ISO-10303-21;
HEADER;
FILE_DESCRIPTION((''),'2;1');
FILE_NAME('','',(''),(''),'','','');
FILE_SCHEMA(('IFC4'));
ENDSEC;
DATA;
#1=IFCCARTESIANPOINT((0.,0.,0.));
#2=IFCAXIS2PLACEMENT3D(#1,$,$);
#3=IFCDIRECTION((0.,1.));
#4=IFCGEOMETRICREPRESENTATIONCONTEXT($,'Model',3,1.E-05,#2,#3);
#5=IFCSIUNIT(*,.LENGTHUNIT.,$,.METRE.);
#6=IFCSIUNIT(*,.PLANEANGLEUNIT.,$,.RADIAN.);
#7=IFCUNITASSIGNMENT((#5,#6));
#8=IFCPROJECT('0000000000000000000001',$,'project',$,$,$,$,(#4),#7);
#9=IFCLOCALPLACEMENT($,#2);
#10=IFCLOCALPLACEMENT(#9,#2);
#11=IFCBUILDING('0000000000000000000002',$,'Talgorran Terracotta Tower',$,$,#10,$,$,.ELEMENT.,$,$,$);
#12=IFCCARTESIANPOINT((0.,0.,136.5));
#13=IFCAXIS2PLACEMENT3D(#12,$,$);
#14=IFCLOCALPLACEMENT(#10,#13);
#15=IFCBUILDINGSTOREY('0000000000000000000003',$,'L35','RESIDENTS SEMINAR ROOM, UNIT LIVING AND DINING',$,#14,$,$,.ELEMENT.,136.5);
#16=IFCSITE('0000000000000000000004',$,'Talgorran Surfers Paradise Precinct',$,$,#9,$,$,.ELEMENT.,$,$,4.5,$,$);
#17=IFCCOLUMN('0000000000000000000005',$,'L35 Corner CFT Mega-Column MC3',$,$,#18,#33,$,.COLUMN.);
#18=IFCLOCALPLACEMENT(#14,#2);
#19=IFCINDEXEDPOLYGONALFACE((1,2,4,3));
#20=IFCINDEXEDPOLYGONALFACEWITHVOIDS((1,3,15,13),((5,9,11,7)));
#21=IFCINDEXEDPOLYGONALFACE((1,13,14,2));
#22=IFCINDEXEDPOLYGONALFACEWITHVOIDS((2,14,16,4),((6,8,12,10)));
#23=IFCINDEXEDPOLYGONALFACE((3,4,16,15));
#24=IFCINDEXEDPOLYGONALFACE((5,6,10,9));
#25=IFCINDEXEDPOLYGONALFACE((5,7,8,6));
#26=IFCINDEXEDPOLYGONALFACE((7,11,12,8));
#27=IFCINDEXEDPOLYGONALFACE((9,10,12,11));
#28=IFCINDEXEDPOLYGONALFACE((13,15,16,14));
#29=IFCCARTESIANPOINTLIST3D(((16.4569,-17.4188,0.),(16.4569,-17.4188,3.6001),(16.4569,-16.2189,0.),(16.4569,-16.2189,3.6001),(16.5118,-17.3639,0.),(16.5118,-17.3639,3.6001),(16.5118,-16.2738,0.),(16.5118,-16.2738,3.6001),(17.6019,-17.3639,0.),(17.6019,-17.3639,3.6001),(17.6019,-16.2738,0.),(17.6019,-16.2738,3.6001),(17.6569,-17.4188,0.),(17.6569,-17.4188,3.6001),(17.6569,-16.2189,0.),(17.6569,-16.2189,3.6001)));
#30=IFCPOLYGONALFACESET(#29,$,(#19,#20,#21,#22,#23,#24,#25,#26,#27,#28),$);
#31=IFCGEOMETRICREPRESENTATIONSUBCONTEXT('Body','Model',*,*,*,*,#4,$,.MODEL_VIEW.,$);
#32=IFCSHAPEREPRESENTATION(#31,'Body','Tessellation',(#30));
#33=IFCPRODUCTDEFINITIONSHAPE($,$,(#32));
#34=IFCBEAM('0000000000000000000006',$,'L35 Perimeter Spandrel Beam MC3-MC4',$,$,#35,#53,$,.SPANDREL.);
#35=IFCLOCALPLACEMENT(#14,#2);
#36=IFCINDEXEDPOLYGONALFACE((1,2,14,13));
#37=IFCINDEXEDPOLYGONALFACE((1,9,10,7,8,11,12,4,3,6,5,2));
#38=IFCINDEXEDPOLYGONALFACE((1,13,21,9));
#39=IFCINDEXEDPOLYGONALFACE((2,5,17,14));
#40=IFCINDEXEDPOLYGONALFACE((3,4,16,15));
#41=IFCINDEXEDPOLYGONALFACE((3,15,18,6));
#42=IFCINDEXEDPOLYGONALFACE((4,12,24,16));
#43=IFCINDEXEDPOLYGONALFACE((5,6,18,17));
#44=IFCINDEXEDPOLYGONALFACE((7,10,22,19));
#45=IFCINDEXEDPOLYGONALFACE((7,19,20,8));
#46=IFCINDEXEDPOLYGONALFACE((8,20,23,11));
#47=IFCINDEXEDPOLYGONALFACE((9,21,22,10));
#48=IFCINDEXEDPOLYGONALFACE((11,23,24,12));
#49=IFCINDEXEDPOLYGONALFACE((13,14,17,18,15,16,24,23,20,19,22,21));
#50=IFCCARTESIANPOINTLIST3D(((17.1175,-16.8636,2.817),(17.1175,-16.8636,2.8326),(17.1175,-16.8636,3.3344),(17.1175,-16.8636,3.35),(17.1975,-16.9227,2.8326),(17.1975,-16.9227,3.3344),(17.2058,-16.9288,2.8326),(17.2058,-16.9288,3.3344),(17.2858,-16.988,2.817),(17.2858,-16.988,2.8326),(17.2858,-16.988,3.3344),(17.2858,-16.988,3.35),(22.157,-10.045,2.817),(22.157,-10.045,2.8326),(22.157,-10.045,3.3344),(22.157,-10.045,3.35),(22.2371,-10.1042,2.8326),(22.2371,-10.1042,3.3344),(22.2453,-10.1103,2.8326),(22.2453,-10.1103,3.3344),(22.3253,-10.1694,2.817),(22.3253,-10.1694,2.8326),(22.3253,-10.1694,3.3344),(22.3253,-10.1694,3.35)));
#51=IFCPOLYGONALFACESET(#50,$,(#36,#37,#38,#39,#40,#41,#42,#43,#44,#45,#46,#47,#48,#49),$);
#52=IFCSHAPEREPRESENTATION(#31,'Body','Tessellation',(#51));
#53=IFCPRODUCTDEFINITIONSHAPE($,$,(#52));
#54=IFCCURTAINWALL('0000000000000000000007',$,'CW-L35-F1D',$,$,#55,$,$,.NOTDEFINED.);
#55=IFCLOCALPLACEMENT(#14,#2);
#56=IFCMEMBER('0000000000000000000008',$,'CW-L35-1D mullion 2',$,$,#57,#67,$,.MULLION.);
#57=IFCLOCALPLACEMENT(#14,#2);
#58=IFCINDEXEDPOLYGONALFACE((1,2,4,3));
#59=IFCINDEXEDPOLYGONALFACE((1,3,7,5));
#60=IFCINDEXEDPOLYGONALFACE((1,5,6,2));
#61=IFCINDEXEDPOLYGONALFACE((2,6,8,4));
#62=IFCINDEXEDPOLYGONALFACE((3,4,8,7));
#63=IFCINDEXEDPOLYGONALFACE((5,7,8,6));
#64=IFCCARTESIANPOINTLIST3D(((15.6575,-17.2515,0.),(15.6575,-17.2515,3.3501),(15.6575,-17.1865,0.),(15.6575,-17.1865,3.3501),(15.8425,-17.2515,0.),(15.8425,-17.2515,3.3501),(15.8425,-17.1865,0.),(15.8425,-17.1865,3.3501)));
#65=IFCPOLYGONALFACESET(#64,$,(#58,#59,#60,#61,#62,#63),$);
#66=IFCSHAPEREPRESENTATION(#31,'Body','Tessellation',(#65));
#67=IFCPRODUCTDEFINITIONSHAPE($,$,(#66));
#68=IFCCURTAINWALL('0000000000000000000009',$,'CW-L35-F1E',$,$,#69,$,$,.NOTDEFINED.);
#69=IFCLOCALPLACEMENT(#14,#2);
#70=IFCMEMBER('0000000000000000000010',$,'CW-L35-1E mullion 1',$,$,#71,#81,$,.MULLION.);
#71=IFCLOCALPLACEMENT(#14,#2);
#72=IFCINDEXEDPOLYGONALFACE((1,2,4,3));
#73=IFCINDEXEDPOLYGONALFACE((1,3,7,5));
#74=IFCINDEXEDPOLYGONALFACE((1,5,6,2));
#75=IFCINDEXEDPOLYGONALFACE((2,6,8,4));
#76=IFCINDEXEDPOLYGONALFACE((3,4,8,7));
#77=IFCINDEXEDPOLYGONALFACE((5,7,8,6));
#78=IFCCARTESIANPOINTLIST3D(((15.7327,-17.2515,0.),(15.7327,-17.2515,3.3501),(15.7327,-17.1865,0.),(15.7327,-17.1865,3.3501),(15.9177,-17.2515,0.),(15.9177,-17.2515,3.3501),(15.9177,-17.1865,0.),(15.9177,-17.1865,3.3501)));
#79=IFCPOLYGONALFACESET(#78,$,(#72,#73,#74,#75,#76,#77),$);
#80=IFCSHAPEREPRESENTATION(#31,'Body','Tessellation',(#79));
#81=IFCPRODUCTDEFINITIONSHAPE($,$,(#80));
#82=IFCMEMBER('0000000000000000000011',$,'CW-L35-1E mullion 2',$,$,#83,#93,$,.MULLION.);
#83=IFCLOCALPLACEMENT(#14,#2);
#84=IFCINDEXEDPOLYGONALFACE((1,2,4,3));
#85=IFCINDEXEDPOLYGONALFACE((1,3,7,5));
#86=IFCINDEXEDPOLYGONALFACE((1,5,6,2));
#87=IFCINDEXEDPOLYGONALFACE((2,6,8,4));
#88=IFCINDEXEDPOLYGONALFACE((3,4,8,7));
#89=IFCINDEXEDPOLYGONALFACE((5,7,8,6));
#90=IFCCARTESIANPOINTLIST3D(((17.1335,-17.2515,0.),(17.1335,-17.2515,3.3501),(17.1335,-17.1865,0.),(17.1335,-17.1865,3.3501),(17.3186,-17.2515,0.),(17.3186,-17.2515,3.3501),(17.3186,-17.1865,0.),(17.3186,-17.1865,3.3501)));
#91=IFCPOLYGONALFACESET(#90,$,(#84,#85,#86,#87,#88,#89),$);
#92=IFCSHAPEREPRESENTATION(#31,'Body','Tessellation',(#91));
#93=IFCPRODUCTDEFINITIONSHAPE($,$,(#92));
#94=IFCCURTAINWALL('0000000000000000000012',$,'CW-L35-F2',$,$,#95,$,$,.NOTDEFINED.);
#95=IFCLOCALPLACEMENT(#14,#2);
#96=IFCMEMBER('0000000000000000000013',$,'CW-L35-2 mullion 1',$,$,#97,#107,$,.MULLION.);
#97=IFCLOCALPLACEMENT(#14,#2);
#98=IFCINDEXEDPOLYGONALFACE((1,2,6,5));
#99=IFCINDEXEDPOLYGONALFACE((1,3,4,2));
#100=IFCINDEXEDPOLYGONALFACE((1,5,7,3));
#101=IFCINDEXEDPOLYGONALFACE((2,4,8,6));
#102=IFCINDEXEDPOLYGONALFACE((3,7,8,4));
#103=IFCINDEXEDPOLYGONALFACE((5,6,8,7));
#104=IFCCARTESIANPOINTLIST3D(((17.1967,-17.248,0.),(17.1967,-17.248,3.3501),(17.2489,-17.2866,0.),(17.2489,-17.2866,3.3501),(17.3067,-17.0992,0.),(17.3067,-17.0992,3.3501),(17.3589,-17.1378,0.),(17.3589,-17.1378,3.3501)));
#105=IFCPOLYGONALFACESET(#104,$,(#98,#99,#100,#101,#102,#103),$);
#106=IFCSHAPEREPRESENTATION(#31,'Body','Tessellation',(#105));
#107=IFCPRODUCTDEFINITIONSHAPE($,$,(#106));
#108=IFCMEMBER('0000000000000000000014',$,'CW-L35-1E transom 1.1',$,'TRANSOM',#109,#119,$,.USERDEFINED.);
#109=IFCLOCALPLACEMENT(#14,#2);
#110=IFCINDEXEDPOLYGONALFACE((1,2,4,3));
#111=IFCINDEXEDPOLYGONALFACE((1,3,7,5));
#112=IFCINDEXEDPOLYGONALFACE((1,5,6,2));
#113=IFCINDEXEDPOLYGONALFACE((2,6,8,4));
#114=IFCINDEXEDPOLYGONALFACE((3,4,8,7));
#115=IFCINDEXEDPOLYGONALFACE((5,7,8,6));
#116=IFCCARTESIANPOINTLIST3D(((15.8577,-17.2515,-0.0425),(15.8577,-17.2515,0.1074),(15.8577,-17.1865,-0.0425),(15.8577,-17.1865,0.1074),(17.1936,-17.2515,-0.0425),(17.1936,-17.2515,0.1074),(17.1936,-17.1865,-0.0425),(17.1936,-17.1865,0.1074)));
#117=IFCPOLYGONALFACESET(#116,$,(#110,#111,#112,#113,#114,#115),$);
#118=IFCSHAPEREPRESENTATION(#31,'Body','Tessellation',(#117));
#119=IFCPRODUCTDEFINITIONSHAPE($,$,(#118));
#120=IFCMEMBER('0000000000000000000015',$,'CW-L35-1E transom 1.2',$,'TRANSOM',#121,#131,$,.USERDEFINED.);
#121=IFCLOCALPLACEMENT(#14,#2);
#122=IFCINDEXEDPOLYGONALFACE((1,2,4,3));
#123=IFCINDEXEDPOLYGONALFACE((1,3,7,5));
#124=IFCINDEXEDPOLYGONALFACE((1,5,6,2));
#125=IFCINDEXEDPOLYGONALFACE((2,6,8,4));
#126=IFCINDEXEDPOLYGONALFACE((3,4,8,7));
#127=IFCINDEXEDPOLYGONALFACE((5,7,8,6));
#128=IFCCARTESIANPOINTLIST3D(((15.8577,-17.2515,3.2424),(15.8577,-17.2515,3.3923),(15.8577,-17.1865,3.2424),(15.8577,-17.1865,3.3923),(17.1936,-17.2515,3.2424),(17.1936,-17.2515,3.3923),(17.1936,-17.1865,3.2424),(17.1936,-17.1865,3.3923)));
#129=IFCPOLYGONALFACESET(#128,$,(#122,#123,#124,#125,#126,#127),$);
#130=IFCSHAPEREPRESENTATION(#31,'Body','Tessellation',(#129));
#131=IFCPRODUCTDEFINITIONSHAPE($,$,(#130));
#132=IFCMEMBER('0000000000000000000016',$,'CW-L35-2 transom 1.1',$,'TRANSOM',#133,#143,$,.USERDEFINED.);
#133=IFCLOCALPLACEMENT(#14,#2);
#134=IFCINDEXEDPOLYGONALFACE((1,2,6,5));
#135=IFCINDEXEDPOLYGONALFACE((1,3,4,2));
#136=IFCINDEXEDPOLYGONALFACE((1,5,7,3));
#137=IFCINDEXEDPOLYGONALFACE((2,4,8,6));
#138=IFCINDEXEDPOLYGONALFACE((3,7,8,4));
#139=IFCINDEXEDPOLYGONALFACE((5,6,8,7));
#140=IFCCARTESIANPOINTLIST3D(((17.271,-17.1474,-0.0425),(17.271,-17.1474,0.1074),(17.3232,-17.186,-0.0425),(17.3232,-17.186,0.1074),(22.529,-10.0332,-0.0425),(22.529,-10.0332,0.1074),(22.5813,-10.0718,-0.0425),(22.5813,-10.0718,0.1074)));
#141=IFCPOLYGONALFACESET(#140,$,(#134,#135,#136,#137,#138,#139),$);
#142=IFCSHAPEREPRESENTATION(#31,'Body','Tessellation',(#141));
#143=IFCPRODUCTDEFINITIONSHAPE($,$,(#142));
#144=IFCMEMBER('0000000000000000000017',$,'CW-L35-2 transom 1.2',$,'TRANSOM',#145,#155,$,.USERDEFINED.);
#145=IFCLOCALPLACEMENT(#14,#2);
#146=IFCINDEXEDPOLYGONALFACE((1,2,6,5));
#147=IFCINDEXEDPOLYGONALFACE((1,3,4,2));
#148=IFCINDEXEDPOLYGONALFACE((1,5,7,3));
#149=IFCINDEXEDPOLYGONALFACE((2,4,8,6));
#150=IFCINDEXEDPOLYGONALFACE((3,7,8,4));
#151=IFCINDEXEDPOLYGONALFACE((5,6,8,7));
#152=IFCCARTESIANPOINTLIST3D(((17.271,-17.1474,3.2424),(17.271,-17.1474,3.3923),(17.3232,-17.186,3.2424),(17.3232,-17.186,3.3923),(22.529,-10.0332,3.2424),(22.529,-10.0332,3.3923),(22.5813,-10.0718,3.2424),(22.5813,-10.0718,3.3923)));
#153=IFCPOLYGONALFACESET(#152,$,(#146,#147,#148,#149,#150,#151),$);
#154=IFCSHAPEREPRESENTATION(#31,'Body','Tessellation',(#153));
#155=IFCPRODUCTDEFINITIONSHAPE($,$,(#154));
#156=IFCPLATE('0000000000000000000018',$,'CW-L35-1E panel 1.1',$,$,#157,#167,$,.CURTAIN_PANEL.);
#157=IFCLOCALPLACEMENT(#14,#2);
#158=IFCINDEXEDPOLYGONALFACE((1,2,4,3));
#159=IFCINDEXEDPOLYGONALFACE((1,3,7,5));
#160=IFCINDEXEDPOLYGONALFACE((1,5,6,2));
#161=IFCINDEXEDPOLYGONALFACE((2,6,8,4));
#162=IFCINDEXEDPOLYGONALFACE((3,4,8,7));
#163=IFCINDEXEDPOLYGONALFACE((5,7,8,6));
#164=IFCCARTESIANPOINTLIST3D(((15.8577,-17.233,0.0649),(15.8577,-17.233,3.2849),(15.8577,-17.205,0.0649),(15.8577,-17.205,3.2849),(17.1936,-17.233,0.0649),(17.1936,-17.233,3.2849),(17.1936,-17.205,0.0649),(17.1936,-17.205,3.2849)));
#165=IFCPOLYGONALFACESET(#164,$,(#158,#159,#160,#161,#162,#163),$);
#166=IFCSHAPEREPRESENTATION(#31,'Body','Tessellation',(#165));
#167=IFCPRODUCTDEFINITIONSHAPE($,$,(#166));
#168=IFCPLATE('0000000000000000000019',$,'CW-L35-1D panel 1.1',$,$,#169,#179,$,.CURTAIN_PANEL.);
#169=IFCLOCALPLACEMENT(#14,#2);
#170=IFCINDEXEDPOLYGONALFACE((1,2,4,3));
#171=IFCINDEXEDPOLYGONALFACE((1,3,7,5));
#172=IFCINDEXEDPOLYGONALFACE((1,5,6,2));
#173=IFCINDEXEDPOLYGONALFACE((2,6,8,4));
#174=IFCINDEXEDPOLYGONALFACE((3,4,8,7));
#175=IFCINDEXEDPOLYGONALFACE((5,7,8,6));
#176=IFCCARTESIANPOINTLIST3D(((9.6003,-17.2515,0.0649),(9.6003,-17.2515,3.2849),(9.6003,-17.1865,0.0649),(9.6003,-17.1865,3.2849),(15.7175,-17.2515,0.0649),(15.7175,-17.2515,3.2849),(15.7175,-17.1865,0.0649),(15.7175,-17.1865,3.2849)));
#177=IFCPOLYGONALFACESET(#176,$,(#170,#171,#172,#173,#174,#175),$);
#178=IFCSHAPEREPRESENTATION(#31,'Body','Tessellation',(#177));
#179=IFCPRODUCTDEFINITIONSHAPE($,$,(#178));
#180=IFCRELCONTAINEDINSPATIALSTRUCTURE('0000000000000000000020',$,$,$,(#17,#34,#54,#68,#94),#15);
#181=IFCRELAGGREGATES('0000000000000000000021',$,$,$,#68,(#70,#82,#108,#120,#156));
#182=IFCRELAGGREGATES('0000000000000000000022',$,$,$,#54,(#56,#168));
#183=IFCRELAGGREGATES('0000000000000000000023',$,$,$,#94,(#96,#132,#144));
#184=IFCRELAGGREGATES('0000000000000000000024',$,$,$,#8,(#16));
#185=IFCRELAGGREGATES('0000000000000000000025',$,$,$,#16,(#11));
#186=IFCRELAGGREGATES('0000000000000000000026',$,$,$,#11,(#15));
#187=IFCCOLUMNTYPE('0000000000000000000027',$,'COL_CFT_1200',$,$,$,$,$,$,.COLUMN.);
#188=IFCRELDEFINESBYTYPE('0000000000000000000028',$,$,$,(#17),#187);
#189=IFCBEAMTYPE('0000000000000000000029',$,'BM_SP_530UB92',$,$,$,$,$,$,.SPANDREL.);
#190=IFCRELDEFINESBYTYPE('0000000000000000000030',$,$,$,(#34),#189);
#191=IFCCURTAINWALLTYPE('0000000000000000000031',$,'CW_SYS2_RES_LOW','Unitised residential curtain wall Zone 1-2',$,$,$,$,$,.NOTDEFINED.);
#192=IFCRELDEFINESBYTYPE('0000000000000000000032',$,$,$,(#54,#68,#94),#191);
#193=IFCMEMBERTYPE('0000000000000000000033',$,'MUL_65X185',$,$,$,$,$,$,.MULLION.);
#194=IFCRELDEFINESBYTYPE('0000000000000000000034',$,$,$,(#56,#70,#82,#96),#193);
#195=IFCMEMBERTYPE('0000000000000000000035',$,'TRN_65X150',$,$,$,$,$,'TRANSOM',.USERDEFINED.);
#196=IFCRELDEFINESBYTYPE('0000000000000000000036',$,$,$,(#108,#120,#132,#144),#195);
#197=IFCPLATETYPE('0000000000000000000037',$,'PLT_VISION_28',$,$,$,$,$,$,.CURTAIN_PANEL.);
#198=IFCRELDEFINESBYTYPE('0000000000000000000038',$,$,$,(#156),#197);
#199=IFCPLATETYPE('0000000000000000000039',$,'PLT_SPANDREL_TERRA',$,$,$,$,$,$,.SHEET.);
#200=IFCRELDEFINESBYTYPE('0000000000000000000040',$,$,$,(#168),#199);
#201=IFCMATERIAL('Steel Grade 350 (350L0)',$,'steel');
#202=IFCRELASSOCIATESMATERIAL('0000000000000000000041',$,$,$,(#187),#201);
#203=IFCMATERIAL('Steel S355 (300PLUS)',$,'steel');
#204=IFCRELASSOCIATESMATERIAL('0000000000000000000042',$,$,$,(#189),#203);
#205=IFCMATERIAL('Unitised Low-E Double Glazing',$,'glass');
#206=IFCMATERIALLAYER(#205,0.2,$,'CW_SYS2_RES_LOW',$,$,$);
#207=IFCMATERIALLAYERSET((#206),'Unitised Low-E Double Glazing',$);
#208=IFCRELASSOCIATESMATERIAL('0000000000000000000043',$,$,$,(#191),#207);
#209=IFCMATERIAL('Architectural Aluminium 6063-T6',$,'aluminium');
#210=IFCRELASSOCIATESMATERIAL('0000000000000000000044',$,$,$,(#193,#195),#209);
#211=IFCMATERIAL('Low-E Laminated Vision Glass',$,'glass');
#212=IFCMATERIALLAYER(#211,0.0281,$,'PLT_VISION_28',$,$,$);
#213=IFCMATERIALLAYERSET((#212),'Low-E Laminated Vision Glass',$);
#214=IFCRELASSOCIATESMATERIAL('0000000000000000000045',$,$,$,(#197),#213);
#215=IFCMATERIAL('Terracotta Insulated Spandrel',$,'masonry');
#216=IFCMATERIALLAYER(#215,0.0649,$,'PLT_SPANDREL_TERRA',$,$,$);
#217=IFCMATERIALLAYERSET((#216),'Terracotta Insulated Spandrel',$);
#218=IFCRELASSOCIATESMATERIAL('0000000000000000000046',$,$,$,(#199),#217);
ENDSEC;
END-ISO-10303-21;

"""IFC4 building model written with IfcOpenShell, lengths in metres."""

from ifc_helpers import new_model, si_unit, direction, frame, origin, origin_2d, place, context, subcontext, project, spatial, rectangle, hollow_rectangle, i_section, extrude, source, transform, mapped, material, layer, layer_set, material_profile, profile_set, type_object, type_shapes, element, aggregate, save


model = new_model("IFC4")

# Units and contexts
model_context = context("Model", 3, precision=1e-05, world=origin(), true_north=direction((0.0, 1.0)))
body_context = subcontext(model_context, "Body", "Model", "MODEL_VIEW")
ifc_project = project(units=[si_unit("LENGTHUNIT", "METRE"), si_unit("PLANEANGLEUNIT", "RADIAN")], contexts=[model_context])

# Site, building, storey
site_placement = place(None, origin())
site = spatial("IfcSite", under=ifc_project, at=site_placement, Name="Talgorran Surfers Paradise Precinct", CompositionType="ELEMENT", RefElevation=4.5)
building_placement = place(site_placement, origin())
building = spatial("IfcBuilding", under=site, at=building_placement, Name="Talgorran Terracotta Tower", CompositionType="ELEMENT")
storey_placement = place(building_placement, frame((0.0, 0.0, 136.5)))
storey = spatial("IfcBuildingStorey", under=building, at=storey_placement, Name="L35", Description="RESIDENTS SEMINAR ROOM, UNIT LIVING AND DINING", CompositionType="ELEMENT", Elevation=136.5)

# Column
ifc_material_1 = material(Name="Steel Grade 350 (350L0)", Category="steel")
ifc_material_profile_1 = material_profile(ifc_material_1, hollow_rectangle(XDim=1.2, YDim=1.2, WallThickness=0.0549, at=origin_2d()), Name="CFT1200X1200X55")
ifc_profile_set_1 = profile_set([ifc_material_profile_1], Name="Steel Grade 350 (350L0)")
column_type = type_object("IfcColumnType", Name="COL_CFT_1200", PredefinedType="COLUMN", material=ifc_profile_set_1)
column_placement = place(storey_placement, frame((17.0569, -16.8188, 0.0), z_axis=(0.0, 0.0, 1.0), x_axis=(1.0, 0.0, 0.0)))
element("IfcColumn", 1, at=column_placement, inside=storey, type_object=column_type, Name="L35 Corner CFT Mega-Column MC3", PredefinedType="COLUMN", context=body_context, shape_type="SweptSolid", body=[
    extrude(hollow_rectangle(XDim=1.2, YDim=1.2, WallThickness=0.0549, at=origin_2d()), origin(), (0.0, 0.0, 1.0), 3.6001),
])

# Beam
ifc_material_2 = material(Name="Steel S355 (300PLUS)", Category="steel")
ifc_material_profile_2 = material_profile(ifc_material_2, i_section(OverallWidth=0.2092, OverallDepth=0.533, WebThickness=0.0103, FlangeThickness=0.0156, at=origin_2d()), Name="530UB92.4")
ifc_profile_set_2 = profile_set([ifc_material_profile_2], Name="Steel S355 (300PLUS)")
beam_type = type_object("IfcBeamType", Name="BM_SP_530UB92", PredefinedType="SPANDREL", material=ifc_profile_set_2)
beam_placement = place(storey_placement, frame((17.2017, -16.9258, 3.0835), z_axis=(0.594369, 0.804192, 0.0), x_axis=(-0.804192, 0.594369, 0.0)))
element("IfcBeam", 2, at=beam_placement, inside=storey, type_object=beam_type, Name="L35 Perimeter Spandrel Beam MC3-MC4", PredefinedType="SPANDREL", context=body_context, shape_type="SweptSolid", body=[
    extrude(i_section(OverallWidth=0.2092, OverallDepth=0.533, WebThickness=0.0103, FlangeThickness=0.0156, at=origin_2d()), origin(), (0.0, 0.0, 1.0), 8.4788),
])

# Curtain wall, member
ifc_material_3 = material(Name="Unitised Low-E Double Glazing", Category="glass")
ifc_layer_1 = layer(ifc_material_3, 0.2, Name="CW_SYS2_RES_LOW")
ifc_layer_set_1 = layer_set([ifc_layer_1], Name="Unitised Low-E Double Glazing")
curtain_wall_type = type_object("IfcCurtainWallType", Name="CW_SYS2_RES_LOW", Description="Unitised residential curtain wall Zone 1-2", PredefinedType="NOTDEFINED", material=ifc_layer_set_1)
curtain_wall_1_placement = place(storey_placement, origin())
curtain_wall_1 = element("IfcCurtainWall", 3, at=curtain_wall_1_placement, inside=storey, type_object=curtain_wall_type, Name="CW-L35-F1D", PredefinedType="NOTDEFINED")
ifc_material_4 = material(Name="Architectural Aluminium 6063-T6", Category="aluminium")
ifc_material_profile_3 = material_profile(ifc_material_4, rectangle(XDim=0.0649, YDim=0.1851, at=origin_2d()), Name="CWM65X185")
ifc_profile_set_3 = profile_set([ifc_material_profile_3], Name="Architectural Aluminium 6063-T6")
member_type_1 = type_object("IfcMemberType", Name="MUL_65X185", PredefinedType="MULLION", material=ifc_profile_set_3)
member_1_placement = place(storey_placement, frame((15.75, -17.219, 0.0), z_axis=(0.0, 0.0, 1.0), x_axis=(0.0, 1.0, 0.0)))
member_1 = element("IfcMember", 4, at=member_1_placement, type_object=member_type_1, Name="CW-L35-1D mullion 2", PredefinedType="MULLION", context=body_context, shape_type="SweptSolid", body=[
    extrude(rectangle(XDim=0.0649, YDim=0.1851, at=origin_2d()), origin(), (0.0, 0.0, 1.0), 3.3501),
])

# Curtain wall, members
curtain_wall_2_placement = place(storey_placement, origin())
curtain_wall_2 = element("IfcCurtainWall", 5, at=curtain_wall_2_placement, inside=storey, type_object=curtain_wall_type, Name="CW-L35-F1E", PredefinedType="NOTDEFINED")
member_2_placement = place(storey_placement, frame((15.8252, -17.219, 0.0), z_axis=(0.0, 0.0, 1.0), x_axis=(0.0, 1.0, 0.0)))
member_2 = element("IfcMember", 6, at=member_2_placement, type_object=member_type_1, Name="CW-L35-1E mullion 1", PredefinedType="MULLION", context=body_context, shape_type="SweptSolid", body=[
    extrude(rectangle(XDim=0.0649, YDim=0.1851, at=origin_2d()), origin(), (0.0, 0.0, 1.0), 3.3501),
])
member_3_placement = place(storey_placement, frame((17.2261, -17.219, 0.0), z_axis=(0.0, 0.0, 1.0), x_axis=(0.0, 1.0, 0.0)))
member_3 = element("IfcMember", 7, at=member_3_placement, type_object=member_type_1, Name="CW-L35-1E mullion 2", PredefinedType="MULLION", context=body_context, shape_type="SweptSolid", body=[
    extrude(rectangle(XDim=0.0649, YDim=0.1851, at=origin_2d()), origin(), (0.0, 0.0, 1.0), 3.3501),
])

# Curtain wall, member
curtain_wall_3_placement = place(storey_placement, origin())
curtain_wall_3 = element("IfcCurtainWall", 8, at=curtain_wall_3_placement, inside=storey, type_object=curtain_wall_type, Name="CW-L35-F2", PredefinedType="NOTDEFINED")
member_4_placement = place(storey_placement, frame((17.2778, -17.1929, 0.0), z_axis=(0.0, 0.0, 1.0), x_axis=(-0.804201, 0.594358, 0.0)))
member_4 = element("IfcMember", 9, at=member_4_placement, type_object=member_type_1, Name="CW-L35-2 mullion 1", PredefinedType="MULLION", context=body_context, shape_type="SweptSolid", body=[
    extrude(rectangle(XDim=0.0649, YDim=0.1851, at=origin_2d()), origin(), (0.0, 0.0, 1.0), 3.3501),
])

# Members
ifc_material_profile_4 = material_profile(ifc_material_4, rectangle(XDim=0.0649, YDim=0.1499, at=origin_2d()), Name="CWT65X150")
ifc_profile_set_4 = profile_set([ifc_material_profile_4], Name="Architectural Aluminium 6063-T6")
member_type_2 = type_object("IfcMemberType", Name="TRN_65X150", ElementType="TRANSOM", PredefinedType="USERDEFINED", material=ifc_profile_set_4)
member_5_placement = place(storey_placement, frame((15.8577, -17.219, 0.0325), z_axis=(1.0, 0.0, 0.0), x_axis=(0.0, 1.0, 0.0)))
member_5 = element("IfcMember", 10, at=member_5_placement, type_object=member_type_2, Name="CW-L35-1E transom 1.1", ObjectType="TRANSOM", PredefinedType="USERDEFINED", context=body_context, shape_type="SweptSolid", body=[
    extrude(rectangle(XDim=0.0649, YDim=0.1499, at=origin_2d()), origin(), (0.0, 0.0, 1.0), 1.3359),
])
member_6_placement = place(storey_placement, frame((15.8577, -17.219, 3.3174), z_axis=(1.0, 0.0, 0.0), x_axis=(0.0, 1.0, 0.0)))
member_6 = element("IfcMember", 11, at=member_6_placement, type_object=member_type_2, Name="CW-L35-1E transom 1.2", ObjectType="TRANSOM", PredefinedType="USERDEFINED", context=body_context, shape_type="SweptSolid", body=[
    extrude(rectangle(XDim=0.0649, YDim=0.1499, at=origin_2d()), origin(), (0.0, 0.0, 1.0), 1.3359),
])
member_7_placement = place(storey_placement, frame((17.2971, -17.1667, 0.0325), z_axis=(0.594369, 0.804193, 0.0), x_axis=(-0.804193, 0.594369, 0.0)))
member_7 = element("IfcMember", 12, at=member_7_placement, type_object=member_type_2, Name="CW-L35-2 transom 1.1", ObjectType="TRANSOM", PredefinedType="USERDEFINED", context=body_context, shape_type="SweptSolid", body=[
    extrude(rectangle(XDim=0.0649, YDim=0.1499, at=origin_2d()), origin(), (0.0, 0.0, 1.0), 8.8464),
])
member_8_placement = place(storey_placement, frame((17.2971, -17.1667, 3.3174), z_axis=(0.594369, 0.804193, 0.0), x_axis=(-0.804193, 0.594369, 0.0)))
member_8 = element("IfcMember", 13, at=member_8_placement, type_object=member_type_2, Name="CW-L35-2 transom 1.2", ObjectType="TRANSOM", PredefinedType="USERDEFINED", context=body_context, shape_type="SweptSolid", body=[
    extrude(rectangle(XDim=0.0649, YDim=0.1499, at=origin_2d()), origin(), (0.0, 0.0, 1.0), 8.8464),
])

# Plates
ifc_material_5 = material(Name="Low-E Laminated Vision Glass", Category="glass")
ifc_layer_2 = layer(ifc_material_5, 0.0281, Name="PLT_VISION_28")
ifc_layer_set_2 = layer_set([ifc_layer_2], Name="Low-E Laminated Vision Glass")
plate_type_1 = type_object("IfcPlateType", Name="PLT_VISION_28", PredefinedType="CURTAIN_PANEL", material=ifc_layer_set_2)
shared_shape_1 = source(origin(), body_context, "Body", "SweptSolid", [
    extrude(rectangle(XDim=1.3359, YDim=0.0281, at=origin_2d()), origin(), (0.0, 0.0, 1.0), 3.22),
])
plate_1_placement = place(storey_placement, frame((16.5256, -17.219, 0.0649), z_axis=(0.0, 0.0, 1.0), x_axis=(1.0, 0.0, 0.0)))
plate_1 = element("IfcPlate", 14, at=plate_1_placement, type_object=plate_type_1, Name="CW-L35-1E panel 1.1", PredefinedType="CURTAIN_PANEL", context=body_context, shape_type="MappedRepresentation", body=[
    mapped(shared_shape_1, transform((0.0, 0.0, 0.0), scale=1.0)),
])
aggregate(curtain_wall_2, [member_2, member_3, member_5, member_6, plate_1])
ifc_material_6 = material(Name="Terracotta Insulated Spandrel", Category="masonry")
ifc_layer_3 = layer(ifc_material_6, 0.0649, Name="PLT_SPANDREL_TERRA")
ifc_layer_set_3 = layer_set([ifc_layer_3], Name="Terracotta Insulated Spandrel")
plate_type_2 = type_object("IfcPlateType", Name="PLT_SPANDREL_TERRA", PredefinedType="SHEET", material=ifc_layer_set_3)
shared_shape_2 = source(origin(), body_context, "Body", "SweptSolid", [
    extrude(rectangle(XDim=6.1172, YDim=0.0649, at=origin_2d()), origin(), (0.0, 0.0, 1.0), 3.22),
])
type_shapes(plate_type_2, [shared_shape_2])
plate_2_placement = place(storey_placement, frame((12.6589, -17.219, 0.0649), z_axis=(0.0, 0.0, 1.0), x_axis=(1.0, 0.0, 0.0)))
plate_2 = element("IfcPlate", 15, at=plate_2_placement, type_object=plate_type_2, Name="CW-L35-1D panel 1.1", PredefinedType="CURTAIN_PANEL", context=body_context, shape_type="MappedRepresentation", body=[
    mapped(shared_shape_2, transform((0.0, 0.0, 0.0), scale=1.0)),
])
aggregate(curtain_wall_1, [member_1, plate_2])
aggregate(curtain_wall_3, [member_4, member_7, member_8])

save(model, "model.ifc")
